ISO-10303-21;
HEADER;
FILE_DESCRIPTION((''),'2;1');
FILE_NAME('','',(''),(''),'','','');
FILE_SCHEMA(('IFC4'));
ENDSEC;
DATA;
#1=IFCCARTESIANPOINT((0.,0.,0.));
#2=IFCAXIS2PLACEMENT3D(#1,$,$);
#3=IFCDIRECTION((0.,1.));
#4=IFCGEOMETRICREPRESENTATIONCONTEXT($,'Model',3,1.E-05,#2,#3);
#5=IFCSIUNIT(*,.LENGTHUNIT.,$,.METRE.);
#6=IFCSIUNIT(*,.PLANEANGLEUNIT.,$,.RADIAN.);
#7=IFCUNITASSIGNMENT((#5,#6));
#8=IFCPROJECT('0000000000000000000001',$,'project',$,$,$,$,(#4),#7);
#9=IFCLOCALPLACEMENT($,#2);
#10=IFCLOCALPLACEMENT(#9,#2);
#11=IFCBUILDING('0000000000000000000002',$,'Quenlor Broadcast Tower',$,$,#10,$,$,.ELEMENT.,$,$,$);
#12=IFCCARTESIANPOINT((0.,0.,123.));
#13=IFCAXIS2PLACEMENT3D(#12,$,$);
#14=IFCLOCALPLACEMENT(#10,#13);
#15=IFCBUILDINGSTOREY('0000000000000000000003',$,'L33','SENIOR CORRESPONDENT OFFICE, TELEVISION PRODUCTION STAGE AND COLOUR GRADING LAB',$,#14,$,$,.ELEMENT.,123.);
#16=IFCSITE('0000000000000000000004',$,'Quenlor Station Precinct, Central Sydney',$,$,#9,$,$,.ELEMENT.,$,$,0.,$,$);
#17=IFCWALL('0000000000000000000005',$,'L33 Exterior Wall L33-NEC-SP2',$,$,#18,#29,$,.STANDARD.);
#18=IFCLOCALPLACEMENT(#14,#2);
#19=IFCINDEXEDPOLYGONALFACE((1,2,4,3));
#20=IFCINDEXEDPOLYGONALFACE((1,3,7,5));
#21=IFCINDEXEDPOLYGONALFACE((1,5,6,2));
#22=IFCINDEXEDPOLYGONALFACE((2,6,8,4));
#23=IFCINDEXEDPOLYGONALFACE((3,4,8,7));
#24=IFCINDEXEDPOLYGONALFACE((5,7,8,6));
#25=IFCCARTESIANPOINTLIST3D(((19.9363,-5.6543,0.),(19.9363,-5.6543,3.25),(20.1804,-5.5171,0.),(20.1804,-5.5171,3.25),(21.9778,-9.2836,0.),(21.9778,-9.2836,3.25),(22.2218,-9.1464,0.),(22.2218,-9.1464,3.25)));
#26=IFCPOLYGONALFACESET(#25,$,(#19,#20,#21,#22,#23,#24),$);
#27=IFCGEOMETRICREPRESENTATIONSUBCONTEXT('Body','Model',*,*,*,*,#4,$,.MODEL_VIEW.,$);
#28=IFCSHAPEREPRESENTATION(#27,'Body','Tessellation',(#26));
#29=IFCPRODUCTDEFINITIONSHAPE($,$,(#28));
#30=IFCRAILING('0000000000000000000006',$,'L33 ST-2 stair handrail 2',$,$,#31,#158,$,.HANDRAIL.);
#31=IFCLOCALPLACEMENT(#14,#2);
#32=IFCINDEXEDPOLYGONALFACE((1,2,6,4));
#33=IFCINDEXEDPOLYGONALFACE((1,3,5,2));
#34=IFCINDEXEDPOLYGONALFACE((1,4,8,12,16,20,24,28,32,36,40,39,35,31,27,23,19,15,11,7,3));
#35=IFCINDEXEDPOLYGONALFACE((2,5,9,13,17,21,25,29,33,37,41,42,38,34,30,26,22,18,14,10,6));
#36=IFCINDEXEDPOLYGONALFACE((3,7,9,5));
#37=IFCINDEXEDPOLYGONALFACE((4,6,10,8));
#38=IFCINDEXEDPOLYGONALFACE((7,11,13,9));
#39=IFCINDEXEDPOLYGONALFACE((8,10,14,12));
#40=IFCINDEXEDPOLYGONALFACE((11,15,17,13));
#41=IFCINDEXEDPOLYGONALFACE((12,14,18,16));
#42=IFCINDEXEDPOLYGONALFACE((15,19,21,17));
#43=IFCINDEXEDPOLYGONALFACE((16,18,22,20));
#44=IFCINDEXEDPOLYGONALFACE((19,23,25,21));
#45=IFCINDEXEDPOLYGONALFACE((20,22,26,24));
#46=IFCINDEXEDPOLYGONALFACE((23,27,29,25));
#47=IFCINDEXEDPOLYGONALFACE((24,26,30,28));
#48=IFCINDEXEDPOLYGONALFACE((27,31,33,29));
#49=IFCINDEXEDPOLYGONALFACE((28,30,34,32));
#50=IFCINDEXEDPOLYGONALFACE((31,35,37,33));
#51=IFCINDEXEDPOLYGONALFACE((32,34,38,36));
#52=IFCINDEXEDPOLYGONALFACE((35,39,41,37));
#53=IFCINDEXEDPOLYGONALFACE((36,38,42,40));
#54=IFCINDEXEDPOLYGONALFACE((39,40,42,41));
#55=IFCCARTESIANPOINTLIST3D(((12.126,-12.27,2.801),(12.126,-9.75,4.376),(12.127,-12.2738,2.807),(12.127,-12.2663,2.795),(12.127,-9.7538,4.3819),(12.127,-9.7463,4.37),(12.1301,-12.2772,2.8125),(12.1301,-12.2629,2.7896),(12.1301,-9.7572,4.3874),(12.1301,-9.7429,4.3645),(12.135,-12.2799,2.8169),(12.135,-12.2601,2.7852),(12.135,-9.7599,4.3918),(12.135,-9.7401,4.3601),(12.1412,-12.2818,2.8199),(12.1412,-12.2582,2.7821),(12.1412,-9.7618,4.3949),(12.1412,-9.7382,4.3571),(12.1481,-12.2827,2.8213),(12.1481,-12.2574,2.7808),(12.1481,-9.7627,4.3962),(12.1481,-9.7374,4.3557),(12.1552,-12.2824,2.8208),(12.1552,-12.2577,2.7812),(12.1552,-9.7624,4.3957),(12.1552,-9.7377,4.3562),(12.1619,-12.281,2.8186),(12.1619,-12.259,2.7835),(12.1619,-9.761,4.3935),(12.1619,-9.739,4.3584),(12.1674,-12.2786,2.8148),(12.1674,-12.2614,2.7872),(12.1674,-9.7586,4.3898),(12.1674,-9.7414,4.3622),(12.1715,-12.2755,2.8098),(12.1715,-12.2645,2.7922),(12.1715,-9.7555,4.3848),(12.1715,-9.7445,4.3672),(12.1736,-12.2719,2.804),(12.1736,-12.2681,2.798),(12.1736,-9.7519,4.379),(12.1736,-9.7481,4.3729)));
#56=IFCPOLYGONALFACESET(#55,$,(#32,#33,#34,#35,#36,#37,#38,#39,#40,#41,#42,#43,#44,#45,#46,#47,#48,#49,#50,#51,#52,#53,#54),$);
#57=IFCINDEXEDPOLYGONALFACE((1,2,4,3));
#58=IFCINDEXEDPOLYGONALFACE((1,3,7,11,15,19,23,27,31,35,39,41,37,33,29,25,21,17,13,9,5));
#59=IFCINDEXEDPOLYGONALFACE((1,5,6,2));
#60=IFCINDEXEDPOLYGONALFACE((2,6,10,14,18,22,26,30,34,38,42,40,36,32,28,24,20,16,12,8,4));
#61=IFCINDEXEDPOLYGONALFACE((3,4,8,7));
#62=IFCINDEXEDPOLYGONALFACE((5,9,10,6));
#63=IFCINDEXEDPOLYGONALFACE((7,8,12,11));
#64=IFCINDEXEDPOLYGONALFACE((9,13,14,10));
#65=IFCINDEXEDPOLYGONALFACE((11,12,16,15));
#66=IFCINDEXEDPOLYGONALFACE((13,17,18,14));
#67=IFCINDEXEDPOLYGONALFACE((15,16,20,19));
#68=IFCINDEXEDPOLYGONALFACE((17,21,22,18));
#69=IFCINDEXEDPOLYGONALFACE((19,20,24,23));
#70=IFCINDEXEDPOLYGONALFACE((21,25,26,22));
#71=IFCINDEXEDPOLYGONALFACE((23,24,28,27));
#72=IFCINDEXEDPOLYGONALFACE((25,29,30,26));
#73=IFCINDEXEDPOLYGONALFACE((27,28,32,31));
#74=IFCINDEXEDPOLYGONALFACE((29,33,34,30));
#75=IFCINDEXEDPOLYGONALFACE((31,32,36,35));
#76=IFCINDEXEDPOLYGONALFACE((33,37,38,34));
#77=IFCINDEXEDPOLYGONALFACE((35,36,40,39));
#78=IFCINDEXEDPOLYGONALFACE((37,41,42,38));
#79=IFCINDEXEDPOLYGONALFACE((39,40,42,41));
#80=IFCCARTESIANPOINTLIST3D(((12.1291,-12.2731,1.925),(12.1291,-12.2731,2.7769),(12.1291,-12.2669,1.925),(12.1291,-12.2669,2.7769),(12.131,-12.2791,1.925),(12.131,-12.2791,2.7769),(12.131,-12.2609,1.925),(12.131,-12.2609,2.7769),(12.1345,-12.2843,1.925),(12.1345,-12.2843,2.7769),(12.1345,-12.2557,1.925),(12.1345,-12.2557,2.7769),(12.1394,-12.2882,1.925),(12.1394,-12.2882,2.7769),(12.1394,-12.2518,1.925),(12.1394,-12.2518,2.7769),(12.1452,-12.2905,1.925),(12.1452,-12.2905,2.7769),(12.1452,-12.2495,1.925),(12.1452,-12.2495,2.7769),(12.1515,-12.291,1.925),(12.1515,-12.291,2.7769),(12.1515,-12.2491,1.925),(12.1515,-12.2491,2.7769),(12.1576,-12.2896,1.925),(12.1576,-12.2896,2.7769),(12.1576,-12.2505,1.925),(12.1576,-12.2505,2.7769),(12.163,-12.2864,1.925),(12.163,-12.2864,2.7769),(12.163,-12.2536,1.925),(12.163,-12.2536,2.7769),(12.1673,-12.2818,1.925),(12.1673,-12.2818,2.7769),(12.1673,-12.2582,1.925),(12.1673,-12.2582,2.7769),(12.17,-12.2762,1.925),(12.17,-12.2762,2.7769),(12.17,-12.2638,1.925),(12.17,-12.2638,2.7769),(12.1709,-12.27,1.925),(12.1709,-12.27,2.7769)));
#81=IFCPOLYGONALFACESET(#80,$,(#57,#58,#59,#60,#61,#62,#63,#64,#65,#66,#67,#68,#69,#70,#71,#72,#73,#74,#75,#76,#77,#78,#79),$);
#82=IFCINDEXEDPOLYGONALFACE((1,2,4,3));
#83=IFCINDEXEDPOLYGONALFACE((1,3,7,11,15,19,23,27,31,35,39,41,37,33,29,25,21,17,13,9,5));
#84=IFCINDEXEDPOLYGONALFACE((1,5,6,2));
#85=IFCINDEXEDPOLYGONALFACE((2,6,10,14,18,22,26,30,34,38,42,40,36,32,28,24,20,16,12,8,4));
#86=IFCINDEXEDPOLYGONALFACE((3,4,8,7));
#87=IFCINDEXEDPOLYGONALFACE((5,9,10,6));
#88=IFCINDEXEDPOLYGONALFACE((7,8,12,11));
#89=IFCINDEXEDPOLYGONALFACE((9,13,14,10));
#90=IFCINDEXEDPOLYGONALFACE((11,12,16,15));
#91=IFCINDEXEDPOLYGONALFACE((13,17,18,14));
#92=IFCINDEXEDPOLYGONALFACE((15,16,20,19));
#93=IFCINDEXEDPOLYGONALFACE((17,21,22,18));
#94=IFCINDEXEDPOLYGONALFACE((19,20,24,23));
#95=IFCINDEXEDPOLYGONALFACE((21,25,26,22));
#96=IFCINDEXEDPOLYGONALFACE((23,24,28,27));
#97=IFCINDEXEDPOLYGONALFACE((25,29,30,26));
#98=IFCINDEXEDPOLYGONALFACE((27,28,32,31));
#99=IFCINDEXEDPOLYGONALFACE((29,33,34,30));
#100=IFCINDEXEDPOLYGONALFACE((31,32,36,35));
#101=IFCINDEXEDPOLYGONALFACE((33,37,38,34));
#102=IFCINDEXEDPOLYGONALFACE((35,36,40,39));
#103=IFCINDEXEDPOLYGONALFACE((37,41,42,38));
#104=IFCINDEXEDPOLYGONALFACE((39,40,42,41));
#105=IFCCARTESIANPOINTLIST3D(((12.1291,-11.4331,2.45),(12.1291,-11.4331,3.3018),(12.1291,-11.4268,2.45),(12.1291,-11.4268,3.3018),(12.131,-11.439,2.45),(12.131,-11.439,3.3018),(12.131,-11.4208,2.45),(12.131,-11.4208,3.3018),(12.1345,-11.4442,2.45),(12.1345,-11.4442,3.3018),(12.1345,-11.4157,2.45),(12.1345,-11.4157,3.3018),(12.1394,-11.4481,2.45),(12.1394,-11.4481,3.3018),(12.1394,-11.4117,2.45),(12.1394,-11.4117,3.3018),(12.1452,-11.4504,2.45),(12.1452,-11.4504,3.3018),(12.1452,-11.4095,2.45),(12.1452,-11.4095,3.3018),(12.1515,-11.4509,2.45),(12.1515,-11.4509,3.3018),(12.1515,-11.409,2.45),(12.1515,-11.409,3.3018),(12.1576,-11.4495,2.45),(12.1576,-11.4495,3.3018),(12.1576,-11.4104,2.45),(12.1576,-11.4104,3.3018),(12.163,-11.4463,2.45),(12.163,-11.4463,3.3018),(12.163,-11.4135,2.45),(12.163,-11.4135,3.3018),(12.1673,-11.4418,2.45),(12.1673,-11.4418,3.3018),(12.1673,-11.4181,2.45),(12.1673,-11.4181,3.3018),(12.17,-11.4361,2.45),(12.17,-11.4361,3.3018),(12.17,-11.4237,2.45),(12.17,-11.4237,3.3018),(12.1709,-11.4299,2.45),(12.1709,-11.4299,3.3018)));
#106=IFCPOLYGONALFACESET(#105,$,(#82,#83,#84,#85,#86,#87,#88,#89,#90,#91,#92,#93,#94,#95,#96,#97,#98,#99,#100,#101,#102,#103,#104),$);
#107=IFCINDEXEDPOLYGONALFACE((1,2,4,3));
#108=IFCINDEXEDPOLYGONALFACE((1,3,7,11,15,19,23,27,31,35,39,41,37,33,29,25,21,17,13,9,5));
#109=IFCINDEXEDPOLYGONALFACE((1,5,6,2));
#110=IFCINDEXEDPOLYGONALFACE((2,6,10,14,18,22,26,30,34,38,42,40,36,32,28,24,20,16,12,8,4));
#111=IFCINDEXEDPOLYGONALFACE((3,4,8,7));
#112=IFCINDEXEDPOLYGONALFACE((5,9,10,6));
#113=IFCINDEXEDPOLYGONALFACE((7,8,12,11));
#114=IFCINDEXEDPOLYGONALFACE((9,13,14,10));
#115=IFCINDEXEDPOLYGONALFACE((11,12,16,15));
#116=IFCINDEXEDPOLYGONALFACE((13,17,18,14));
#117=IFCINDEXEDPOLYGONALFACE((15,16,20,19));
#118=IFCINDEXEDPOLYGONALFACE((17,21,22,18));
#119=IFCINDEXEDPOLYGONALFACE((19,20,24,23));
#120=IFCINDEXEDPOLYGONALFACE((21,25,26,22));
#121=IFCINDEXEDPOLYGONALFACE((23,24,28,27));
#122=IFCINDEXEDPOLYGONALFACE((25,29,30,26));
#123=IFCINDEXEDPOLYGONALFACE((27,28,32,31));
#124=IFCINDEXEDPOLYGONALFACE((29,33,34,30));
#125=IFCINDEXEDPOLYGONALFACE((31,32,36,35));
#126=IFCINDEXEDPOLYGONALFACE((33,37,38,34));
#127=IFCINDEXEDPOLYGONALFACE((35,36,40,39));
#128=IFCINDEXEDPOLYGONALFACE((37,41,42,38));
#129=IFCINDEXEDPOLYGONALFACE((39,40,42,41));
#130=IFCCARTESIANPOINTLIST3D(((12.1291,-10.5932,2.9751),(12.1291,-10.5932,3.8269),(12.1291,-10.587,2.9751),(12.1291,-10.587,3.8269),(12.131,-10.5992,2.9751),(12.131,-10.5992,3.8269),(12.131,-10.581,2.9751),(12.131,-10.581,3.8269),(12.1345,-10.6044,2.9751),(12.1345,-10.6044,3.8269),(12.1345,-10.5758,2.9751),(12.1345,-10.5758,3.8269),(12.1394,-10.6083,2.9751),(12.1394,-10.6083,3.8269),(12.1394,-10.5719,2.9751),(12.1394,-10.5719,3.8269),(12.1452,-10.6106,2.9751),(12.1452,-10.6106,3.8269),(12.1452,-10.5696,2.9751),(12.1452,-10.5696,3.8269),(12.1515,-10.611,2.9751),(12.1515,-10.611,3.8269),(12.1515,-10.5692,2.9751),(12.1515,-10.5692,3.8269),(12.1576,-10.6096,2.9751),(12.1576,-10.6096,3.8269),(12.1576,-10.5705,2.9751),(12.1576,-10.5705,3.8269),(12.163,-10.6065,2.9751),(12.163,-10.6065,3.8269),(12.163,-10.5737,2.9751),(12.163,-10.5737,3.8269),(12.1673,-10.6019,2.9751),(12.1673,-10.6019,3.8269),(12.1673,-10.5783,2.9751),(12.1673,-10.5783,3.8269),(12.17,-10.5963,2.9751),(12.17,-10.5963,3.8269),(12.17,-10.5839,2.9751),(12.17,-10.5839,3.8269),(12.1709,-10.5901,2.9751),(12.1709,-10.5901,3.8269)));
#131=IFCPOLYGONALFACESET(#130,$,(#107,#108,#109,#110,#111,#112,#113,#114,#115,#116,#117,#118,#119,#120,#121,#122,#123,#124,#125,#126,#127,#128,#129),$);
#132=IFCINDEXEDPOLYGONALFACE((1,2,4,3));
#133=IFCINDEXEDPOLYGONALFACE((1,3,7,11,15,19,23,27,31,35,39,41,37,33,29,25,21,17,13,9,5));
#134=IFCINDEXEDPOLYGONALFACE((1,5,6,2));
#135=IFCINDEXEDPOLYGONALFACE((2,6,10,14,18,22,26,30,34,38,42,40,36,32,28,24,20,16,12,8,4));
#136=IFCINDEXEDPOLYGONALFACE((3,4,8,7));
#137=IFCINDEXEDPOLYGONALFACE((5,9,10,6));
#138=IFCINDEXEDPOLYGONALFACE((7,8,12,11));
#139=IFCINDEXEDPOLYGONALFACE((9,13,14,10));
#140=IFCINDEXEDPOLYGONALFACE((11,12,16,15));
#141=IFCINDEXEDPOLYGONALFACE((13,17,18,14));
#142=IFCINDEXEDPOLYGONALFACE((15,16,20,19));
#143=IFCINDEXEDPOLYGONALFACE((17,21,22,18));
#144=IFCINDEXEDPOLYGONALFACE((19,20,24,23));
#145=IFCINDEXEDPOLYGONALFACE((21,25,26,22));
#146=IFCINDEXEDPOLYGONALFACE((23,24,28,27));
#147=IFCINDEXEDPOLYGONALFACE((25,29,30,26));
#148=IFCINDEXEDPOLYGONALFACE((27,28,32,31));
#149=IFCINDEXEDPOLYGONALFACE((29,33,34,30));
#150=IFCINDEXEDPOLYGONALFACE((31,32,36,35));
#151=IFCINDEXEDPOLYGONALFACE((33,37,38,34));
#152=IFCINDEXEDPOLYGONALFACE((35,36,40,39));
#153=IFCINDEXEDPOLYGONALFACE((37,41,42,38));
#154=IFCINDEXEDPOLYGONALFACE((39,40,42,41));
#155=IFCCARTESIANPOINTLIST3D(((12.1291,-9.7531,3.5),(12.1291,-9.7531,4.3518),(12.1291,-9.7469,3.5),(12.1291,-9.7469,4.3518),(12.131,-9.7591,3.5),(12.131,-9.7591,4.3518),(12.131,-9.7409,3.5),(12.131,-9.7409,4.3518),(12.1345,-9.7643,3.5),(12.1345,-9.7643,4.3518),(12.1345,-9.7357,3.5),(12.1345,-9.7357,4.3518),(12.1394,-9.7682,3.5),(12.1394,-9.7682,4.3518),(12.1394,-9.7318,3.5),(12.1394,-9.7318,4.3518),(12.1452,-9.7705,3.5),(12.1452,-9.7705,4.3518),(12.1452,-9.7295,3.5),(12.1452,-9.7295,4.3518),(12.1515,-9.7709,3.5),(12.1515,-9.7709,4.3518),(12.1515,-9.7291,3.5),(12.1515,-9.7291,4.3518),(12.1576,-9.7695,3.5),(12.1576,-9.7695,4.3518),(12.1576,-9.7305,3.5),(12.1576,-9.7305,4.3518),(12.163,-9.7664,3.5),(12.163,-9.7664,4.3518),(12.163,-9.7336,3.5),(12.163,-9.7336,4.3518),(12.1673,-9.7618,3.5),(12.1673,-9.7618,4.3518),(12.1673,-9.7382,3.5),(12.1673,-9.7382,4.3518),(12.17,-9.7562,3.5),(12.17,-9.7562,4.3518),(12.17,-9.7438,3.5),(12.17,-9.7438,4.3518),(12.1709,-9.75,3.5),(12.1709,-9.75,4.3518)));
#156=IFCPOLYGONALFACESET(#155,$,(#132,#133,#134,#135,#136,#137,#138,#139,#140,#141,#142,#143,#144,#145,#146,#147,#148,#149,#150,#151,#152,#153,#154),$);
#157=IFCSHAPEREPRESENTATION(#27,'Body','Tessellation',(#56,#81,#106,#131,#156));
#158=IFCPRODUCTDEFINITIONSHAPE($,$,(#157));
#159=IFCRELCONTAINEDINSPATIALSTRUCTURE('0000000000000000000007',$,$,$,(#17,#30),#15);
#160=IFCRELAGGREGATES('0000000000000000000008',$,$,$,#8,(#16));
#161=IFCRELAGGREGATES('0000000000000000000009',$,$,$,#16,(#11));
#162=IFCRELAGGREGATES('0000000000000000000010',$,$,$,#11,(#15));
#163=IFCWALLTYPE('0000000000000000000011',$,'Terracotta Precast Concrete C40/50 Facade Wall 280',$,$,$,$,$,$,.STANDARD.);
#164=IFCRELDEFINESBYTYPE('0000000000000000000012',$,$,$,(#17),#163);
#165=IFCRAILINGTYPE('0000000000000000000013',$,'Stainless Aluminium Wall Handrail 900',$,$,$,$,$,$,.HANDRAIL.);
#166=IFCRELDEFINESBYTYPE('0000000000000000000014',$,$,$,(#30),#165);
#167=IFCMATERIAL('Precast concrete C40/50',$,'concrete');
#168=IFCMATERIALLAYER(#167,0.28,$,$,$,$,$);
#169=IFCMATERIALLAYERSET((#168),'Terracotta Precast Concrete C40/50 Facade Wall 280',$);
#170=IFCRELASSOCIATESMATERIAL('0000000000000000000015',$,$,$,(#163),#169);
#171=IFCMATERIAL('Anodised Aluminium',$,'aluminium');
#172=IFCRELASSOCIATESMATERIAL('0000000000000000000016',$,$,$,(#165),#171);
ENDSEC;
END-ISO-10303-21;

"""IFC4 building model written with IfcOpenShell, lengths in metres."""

from ifc_helpers import new_model, si_unit, direction, frame, frame_2d, origin, origin_2d, place, context, subcontext, project, spatial, rectangle, circle, extrude, material, layer, layer_set, type_object, element, save


model = new_model("IFC4")

# Units and contexts
model_context = context("Model", 3, precision=1e-05, world=origin(), true_north=direction((0.0, 1.0)))
body_context = subcontext(model_context, "Body", "Model", "MODEL_VIEW")
ifc_project = project(units=[si_unit("LENGTHUNIT", "METRE"), si_unit("PLANEANGLEUNIT", "RADIAN")], contexts=[model_context])

# Site, building, storey
site_placement = place(None, origin())
site = spatial("IfcSite", under=ifc_project, at=site_placement, Name="Quenlor Station Precinct, Central Sydney", CompositionType="ELEMENT", RefElevation=0.0)
building_placement = place(site_placement, origin())
building = spatial("IfcBuilding", under=site, at=building_placement, Name="Quenlor Broadcast Tower", CompositionType="ELEMENT")
storey_placement = place(building_placement, frame((0.0, 0.0, 123.0)))
storey = spatial("IfcBuildingStorey", under=building, at=storey_placement, Name="L33", Description="SENIOR CORRESPONDENT OFFICE, TELEVISION PRODUCTION STAGE AND COLOUR GRADING LAB", CompositionType="ELEMENT", Elevation=123.0)

# Wall
ifc_material_1 = material(Name="Precast concrete C40/50", Category="concrete")
ifc_layer_1 = layer(ifc_material_1, 0.28)
ifc_layer_set_1 = layer_set([ifc_layer_1], Name="Terracotta Precast Concrete C40/50 Facade Wall 280")
wall_type_1 = type_object("IfcWallType", Name="Terracotta Precast Concrete C40/50 Facade Wall 280", PredefinedType="STANDARD", material=ifc_layer_set_1)
wall_1_placement = place(storey_placement, frame((20.0583, -5.5857, 0.0), z_axis=(0.0, 0.0, 1.0), x_axis=(0.490256, -0.871579, 0.0)))
element("IfcWall", 1, at=wall_1_placement, inside=storey, type_object=wall_type_1, Name="L33 Exterior Wall L33-NEC-SP2", PredefinedType="STANDARD", context=body_context, shape_type="SweptSolid", body=[
    extrude(rectangle(XDim=4.1641, YDim=0.28, at=frame_2d((2.082, 0.0))), origin(), (0.0, 0.0, 1.0), 3.25),
])

# Railing
ifc_material_2 = material(Name="Anodised Aluminium", Category="aluminium")
railing_type_1 = type_object("IfcRailingType", Name="Stainless Aluminium Wall Handrail 900", PredefinedType="HANDRAIL", material=ifc_material_2)
railing_1_placement = place(storey_placement, frame((12.1499, -12.27, 1.925)))
element("IfcRailing", 2, at=railing_1_placement, inside=storey, type_object=railing_type_1, Name="L33 ST-2 stair handrail 2", PredefinedType="HANDRAIL", context=body_context, shape_type="SweptSolid", body=[
    extrude(circle(Radius=0.0239, at=origin_2d()), frame((0.0, 0.0, 0.876), z_axis=(0.0, 0.848008, 0.529984), x_axis=(-1.0, 0.0, 0.0)), (0.0, 0.0, 1.0), 2.9717),
    extrude(circle(Radius=0.021, at=origin_2d()), origin(), (0.0, 0.0, 1.0), 0.8518),
    extrude(circle(Radius=0.021, at=origin_2d()), frame((0.0, 0.8401, 0.5249)), (0.0, 0.0, 1.0), 0.8518),
    extrude(circle(Radius=0.021, at=origin_2d()), frame((0.0, 1.6799, 1.05)), (0.0, 0.0, 1.0), 0.8518),
    extrude(circle(Radius=0.021, at=origin_2d()), frame((0.0, 2.52, 1.575)), (0.0, 0.0, 1.0), 0.8518),
])

save(model, "model.ifc")
